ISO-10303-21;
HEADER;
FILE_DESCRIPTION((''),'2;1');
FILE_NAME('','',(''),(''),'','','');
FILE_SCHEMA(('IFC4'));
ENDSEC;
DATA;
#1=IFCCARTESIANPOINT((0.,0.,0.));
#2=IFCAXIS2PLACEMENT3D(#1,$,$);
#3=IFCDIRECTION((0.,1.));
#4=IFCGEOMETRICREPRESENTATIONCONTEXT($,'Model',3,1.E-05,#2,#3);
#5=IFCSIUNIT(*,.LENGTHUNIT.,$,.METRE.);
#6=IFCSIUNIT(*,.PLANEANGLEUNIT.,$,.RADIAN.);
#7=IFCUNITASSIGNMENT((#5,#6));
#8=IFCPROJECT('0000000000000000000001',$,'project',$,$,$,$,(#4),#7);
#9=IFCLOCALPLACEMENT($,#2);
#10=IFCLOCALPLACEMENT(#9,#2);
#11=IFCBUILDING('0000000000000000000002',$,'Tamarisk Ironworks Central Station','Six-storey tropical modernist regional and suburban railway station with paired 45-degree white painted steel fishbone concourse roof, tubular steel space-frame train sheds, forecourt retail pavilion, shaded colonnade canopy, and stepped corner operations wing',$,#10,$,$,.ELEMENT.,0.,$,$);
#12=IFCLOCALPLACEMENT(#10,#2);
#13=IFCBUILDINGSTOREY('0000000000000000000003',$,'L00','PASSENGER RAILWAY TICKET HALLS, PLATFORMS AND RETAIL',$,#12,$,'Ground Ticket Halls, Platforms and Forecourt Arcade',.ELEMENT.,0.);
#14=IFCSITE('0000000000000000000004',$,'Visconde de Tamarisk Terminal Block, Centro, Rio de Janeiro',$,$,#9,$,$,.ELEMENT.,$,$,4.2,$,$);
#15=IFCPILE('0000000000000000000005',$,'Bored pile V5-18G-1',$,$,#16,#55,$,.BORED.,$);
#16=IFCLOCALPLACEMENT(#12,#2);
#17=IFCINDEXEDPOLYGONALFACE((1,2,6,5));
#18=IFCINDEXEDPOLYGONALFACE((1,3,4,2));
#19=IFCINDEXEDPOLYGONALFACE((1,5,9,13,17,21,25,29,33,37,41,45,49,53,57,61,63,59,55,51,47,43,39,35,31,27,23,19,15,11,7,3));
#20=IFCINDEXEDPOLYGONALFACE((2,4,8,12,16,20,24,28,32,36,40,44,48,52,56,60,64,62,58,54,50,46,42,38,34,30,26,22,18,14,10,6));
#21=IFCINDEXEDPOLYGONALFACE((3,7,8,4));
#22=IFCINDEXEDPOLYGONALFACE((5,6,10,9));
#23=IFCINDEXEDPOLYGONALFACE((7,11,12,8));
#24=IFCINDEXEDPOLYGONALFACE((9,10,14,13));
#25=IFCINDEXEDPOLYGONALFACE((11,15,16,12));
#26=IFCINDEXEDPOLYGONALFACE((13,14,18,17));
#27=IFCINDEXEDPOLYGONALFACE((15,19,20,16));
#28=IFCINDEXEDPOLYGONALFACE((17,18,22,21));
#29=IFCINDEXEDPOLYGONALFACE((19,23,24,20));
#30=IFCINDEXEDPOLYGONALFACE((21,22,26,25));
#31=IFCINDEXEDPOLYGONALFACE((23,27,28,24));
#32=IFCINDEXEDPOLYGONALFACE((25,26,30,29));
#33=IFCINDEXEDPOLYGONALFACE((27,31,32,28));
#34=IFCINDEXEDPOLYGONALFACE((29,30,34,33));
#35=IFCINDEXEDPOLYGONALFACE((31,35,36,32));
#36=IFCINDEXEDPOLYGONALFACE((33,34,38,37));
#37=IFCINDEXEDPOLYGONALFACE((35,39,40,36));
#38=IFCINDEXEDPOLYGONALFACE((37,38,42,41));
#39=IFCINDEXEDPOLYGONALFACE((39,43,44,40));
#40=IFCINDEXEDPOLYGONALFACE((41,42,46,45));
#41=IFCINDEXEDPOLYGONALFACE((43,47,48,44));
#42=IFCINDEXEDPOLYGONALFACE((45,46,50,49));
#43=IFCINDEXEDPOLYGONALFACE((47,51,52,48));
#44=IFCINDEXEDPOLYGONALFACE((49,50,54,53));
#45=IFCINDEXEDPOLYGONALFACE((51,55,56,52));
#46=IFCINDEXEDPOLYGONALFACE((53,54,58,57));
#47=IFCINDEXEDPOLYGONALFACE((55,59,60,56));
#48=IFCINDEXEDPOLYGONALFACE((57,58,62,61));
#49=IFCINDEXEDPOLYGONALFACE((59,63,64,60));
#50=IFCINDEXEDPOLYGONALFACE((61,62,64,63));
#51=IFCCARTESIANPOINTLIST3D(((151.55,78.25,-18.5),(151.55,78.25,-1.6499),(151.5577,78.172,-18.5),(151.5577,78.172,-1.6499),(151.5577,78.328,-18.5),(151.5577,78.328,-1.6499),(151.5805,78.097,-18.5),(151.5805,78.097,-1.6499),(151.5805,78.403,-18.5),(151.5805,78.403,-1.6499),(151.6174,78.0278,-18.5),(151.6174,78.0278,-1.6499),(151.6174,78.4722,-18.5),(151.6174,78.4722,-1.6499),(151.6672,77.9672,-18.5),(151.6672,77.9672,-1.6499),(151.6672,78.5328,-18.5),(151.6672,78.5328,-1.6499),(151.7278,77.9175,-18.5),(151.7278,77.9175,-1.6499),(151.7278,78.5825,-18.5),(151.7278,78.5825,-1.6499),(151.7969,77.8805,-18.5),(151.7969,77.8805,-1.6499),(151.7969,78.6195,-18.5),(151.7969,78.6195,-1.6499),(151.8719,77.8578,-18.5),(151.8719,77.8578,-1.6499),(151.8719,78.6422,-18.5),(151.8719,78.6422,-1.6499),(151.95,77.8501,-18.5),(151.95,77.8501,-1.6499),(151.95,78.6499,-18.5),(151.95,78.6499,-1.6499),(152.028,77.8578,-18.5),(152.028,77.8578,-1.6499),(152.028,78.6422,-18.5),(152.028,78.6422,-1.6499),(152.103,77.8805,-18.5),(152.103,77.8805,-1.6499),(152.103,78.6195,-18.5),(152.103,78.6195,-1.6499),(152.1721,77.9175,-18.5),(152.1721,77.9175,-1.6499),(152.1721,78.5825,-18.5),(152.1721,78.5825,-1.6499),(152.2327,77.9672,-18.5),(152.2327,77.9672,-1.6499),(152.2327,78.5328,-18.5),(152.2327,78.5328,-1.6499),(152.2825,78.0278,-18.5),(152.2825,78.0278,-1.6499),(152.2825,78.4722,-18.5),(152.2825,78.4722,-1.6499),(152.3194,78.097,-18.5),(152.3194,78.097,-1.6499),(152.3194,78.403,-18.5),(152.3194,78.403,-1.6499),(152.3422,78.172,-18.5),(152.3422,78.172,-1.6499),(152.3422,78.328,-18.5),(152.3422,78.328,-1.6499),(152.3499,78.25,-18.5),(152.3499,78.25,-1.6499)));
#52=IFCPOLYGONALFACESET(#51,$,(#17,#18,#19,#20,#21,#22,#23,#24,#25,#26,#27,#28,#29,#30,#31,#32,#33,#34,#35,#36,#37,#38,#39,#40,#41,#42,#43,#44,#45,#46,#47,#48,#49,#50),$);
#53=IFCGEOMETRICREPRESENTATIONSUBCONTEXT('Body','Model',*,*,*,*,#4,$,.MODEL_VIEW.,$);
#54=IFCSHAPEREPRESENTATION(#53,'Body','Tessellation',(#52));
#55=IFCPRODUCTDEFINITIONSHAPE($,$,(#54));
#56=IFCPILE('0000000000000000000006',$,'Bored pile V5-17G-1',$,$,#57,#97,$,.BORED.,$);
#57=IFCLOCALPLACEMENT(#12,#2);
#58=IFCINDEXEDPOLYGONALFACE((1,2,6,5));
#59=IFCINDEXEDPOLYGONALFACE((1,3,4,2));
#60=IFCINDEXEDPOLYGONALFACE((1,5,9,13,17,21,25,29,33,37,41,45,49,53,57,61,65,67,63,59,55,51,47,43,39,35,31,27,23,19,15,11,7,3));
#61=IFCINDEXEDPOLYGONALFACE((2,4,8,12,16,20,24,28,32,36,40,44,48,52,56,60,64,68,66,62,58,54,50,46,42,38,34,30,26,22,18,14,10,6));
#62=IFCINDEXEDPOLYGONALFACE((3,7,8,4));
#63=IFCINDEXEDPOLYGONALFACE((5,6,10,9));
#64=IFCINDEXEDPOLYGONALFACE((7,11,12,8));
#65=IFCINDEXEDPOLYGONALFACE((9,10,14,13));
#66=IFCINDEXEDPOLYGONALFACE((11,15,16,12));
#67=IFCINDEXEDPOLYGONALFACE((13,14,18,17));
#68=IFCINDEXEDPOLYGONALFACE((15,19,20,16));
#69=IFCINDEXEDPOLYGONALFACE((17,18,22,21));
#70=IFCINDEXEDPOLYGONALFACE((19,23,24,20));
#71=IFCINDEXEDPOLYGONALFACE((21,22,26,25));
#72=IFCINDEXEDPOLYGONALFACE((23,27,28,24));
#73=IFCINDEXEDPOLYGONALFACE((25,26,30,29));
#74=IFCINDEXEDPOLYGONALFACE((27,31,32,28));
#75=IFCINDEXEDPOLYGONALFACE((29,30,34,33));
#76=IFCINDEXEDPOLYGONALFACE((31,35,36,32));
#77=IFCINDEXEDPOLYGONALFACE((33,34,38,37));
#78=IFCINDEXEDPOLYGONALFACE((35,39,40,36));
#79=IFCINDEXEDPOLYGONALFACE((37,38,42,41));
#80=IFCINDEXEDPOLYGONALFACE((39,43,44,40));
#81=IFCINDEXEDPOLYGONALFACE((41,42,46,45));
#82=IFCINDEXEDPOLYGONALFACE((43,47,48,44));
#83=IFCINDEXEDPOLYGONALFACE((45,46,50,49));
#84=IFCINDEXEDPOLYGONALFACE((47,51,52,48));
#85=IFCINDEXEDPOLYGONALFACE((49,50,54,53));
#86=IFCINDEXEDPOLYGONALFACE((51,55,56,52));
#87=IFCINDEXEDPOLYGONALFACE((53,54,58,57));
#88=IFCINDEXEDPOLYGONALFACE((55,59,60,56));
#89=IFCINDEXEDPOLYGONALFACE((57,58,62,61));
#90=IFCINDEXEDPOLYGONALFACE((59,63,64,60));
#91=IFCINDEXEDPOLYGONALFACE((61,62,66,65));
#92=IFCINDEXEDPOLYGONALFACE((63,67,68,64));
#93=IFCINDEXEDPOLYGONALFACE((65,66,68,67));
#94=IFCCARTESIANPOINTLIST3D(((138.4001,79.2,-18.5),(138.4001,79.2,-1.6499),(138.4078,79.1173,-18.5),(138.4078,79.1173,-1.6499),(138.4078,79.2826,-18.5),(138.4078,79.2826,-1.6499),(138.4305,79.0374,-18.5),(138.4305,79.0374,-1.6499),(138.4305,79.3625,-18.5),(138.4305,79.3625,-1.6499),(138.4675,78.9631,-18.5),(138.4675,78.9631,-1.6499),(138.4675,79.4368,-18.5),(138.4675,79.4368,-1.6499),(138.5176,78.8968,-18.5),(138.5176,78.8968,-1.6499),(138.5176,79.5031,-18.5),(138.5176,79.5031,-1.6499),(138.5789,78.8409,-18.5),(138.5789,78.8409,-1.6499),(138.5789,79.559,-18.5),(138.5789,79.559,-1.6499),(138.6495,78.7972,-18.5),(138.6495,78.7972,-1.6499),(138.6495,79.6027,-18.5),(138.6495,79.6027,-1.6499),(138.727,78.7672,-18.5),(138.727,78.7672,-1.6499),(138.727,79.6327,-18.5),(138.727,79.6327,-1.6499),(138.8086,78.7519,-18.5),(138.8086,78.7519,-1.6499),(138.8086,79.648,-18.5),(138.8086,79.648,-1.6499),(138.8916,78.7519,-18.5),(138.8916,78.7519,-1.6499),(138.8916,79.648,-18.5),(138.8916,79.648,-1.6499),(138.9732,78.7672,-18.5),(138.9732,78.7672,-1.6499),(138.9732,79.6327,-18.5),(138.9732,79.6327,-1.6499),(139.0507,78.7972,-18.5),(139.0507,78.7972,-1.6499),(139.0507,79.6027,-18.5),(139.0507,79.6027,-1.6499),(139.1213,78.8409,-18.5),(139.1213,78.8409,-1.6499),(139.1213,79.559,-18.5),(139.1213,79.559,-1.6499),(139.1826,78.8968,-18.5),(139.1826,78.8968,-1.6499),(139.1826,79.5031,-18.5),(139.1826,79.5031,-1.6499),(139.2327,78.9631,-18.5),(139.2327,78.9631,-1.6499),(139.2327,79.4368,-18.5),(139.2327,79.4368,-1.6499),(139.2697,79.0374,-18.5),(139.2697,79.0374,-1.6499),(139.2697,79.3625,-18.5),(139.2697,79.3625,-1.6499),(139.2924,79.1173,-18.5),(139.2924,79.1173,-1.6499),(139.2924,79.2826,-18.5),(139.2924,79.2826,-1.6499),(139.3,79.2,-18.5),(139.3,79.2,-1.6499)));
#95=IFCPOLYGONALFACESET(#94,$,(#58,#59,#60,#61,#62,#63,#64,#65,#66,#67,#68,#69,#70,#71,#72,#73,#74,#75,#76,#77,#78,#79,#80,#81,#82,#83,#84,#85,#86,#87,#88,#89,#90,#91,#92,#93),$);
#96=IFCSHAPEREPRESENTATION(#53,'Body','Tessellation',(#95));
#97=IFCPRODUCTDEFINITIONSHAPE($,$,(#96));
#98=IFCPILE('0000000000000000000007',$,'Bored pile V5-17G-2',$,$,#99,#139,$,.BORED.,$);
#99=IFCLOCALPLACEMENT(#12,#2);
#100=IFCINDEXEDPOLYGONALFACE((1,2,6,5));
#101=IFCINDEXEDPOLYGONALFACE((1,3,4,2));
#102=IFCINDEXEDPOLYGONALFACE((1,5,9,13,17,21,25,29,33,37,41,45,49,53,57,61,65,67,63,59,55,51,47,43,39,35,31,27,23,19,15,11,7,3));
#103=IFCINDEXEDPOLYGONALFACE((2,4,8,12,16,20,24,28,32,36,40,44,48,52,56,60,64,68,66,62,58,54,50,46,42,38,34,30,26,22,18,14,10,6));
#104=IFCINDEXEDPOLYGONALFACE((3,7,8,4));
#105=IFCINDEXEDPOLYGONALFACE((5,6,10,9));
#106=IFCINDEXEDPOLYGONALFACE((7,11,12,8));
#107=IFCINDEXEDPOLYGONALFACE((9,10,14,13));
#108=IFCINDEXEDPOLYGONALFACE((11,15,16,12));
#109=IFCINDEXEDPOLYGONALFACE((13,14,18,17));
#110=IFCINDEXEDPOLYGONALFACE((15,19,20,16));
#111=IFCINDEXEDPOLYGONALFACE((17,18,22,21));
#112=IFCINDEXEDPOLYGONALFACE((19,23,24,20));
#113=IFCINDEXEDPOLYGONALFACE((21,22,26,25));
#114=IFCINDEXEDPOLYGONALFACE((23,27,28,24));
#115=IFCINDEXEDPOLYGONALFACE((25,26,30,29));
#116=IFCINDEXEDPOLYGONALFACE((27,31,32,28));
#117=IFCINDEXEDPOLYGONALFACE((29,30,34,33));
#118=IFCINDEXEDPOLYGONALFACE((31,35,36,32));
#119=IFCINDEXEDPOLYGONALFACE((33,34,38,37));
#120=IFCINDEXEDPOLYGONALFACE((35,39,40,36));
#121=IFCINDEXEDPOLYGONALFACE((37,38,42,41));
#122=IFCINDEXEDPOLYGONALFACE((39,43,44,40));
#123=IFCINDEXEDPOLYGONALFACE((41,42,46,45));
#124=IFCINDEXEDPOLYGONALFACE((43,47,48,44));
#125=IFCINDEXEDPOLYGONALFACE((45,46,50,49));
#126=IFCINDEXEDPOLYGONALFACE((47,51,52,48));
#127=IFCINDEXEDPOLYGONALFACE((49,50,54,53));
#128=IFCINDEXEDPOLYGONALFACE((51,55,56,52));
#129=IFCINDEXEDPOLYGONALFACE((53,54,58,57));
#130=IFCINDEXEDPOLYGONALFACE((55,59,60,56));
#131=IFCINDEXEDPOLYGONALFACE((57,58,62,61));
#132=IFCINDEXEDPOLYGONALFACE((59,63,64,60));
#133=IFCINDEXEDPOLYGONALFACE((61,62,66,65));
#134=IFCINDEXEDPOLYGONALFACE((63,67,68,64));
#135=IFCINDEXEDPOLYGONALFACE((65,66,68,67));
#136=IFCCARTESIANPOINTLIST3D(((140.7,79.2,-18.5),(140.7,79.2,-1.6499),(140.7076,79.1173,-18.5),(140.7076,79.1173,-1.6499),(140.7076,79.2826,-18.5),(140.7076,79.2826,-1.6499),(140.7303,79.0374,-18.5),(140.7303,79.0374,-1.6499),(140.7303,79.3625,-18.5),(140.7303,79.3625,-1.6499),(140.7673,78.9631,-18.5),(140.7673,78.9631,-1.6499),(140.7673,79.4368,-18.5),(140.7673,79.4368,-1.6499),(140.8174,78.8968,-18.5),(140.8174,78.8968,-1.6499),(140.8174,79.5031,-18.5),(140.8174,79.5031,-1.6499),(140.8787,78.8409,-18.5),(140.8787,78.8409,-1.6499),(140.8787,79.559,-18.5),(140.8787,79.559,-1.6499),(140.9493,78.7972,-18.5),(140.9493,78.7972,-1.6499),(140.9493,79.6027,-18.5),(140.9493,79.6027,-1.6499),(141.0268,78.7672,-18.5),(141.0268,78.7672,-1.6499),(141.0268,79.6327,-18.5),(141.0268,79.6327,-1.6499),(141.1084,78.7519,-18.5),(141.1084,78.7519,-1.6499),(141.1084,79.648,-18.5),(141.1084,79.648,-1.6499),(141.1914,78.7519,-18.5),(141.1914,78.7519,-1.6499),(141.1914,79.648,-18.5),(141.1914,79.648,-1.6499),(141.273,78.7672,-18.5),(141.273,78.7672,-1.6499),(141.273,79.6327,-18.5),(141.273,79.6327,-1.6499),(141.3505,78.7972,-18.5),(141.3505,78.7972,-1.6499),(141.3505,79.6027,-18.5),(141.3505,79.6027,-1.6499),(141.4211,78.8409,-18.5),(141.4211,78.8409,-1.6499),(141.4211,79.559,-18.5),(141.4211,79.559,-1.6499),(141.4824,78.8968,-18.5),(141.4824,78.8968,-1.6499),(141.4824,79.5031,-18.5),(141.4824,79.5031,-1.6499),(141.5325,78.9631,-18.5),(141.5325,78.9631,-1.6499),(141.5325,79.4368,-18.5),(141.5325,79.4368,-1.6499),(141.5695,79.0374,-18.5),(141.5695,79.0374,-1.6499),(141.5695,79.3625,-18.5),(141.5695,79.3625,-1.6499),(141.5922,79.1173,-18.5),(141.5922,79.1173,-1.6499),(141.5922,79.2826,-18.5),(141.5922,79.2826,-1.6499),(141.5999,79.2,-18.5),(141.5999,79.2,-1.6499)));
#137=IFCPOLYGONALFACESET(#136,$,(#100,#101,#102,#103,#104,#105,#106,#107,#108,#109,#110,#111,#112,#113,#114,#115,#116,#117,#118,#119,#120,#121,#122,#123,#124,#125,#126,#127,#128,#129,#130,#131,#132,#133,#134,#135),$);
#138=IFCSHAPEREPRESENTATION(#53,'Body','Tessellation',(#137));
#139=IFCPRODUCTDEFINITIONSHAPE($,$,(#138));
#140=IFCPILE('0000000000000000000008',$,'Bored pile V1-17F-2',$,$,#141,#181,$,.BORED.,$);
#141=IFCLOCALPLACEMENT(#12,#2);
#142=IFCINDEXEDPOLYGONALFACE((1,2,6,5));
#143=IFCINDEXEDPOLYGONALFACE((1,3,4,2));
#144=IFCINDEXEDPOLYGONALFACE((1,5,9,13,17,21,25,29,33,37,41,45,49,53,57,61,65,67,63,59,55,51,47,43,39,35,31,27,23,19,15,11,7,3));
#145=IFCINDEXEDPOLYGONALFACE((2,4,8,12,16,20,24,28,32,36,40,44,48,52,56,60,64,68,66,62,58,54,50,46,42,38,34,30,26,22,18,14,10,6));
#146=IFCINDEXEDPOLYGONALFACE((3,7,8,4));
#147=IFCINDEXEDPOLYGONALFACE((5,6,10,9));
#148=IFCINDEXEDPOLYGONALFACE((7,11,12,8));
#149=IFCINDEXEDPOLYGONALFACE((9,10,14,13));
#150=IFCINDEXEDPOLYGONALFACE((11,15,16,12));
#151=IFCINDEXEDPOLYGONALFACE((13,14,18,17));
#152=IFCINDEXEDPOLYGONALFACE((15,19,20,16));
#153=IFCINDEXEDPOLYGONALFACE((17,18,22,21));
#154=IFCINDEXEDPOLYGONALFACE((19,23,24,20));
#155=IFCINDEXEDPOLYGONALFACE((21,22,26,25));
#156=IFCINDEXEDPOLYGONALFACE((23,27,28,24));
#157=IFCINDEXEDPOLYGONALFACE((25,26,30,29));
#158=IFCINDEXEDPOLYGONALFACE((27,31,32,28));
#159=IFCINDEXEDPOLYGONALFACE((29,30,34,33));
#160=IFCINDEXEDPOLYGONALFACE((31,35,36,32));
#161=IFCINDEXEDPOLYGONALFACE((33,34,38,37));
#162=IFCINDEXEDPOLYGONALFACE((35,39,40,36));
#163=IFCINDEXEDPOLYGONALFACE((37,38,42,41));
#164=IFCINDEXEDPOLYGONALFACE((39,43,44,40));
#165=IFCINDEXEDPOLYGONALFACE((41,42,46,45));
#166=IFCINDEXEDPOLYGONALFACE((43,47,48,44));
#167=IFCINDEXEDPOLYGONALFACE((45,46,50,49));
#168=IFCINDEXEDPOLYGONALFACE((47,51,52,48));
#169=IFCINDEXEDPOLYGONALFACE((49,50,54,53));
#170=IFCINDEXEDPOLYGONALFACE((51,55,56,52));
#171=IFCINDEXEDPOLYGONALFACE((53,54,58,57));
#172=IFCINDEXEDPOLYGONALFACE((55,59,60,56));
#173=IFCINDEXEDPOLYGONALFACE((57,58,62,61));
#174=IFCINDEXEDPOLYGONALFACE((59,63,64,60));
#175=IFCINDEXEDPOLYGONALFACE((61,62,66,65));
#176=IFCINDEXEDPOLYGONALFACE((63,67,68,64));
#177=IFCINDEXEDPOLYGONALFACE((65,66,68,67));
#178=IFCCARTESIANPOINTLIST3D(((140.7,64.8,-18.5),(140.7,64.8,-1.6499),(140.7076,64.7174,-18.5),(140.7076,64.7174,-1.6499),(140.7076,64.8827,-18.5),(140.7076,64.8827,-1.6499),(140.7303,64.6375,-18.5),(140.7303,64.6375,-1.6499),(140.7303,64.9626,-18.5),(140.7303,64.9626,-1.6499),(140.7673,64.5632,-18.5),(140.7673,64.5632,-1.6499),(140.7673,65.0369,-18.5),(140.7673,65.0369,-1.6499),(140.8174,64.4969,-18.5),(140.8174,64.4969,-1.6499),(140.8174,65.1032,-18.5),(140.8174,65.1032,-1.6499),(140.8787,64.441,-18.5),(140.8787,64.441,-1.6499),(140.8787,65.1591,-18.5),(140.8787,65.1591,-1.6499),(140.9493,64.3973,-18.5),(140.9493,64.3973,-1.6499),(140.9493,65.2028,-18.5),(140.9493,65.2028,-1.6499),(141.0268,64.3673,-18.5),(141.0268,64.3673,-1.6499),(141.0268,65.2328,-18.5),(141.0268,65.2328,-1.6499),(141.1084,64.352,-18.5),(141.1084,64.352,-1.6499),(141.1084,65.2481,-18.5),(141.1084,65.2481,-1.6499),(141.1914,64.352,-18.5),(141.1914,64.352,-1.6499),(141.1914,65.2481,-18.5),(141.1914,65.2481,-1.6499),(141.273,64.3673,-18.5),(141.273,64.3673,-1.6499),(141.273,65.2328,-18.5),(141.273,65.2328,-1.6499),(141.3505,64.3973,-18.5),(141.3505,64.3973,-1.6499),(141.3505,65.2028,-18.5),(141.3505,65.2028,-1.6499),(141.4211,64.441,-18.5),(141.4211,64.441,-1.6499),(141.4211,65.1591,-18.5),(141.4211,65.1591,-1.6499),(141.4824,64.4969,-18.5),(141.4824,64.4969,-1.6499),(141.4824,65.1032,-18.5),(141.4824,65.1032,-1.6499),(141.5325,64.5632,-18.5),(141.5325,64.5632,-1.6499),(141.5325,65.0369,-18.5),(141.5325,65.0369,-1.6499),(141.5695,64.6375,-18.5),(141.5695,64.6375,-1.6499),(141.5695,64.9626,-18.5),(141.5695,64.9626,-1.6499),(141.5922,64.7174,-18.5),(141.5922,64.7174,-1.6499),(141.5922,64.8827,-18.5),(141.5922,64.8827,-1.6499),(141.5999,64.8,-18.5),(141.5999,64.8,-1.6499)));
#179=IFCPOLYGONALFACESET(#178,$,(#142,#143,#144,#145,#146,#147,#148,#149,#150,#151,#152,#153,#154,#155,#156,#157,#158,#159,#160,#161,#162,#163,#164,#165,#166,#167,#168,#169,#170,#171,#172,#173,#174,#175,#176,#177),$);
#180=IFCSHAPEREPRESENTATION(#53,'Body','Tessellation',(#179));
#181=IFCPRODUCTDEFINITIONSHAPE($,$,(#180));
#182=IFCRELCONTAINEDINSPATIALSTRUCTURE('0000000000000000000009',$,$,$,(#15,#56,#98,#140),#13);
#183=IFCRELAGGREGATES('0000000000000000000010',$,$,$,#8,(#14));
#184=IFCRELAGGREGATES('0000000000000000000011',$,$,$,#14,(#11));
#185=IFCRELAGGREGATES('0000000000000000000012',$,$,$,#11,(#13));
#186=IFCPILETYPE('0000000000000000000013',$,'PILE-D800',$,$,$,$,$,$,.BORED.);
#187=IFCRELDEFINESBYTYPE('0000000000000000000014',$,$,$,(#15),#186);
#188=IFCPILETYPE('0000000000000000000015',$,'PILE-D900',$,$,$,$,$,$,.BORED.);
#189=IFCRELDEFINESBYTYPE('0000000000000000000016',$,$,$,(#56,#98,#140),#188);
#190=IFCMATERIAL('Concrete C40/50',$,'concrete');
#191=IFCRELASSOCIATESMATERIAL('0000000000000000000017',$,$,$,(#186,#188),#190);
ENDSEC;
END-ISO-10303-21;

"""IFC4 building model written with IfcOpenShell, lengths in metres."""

from ifc_helpers import new_model, si_unit, direction, frame, origin, origin_2d, place, context, subcontext, project, spatial, circle, extrude, material, material_profile, profile_set, type_object, element, save


model = new_model("IFC4")

# Units and contexts
model_context = context("Model", 3, precision=1e-05, world=origin(), true_north=direction((0.0, 1.0)))
body_context = subcontext(model_context, "Body", "Model", "MODEL_VIEW")
ifc_project = project(units=[si_unit("LENGTHUNIT", "METRE"), si_unit("PLANEANGLEUNIT", "RADIAN")], contexts=[model_context])

# Site, building, storey
site_placement = place(None, origin())
site = spatial("IfcSite", under=ifc_project, at=site_placement, Name="Visconde de Tamarisk Terminal Block, Centro, Rio de Janeiro", CompositionType="ELEMENT", RefElevation=4.2)
building_placement = place(site_placement, origin())
building = spatial("IfcBuilding", under=site, at=building_placement, Name="Tamarisk Ironworks Central Station", Description="Six-storey tropical modernist regional and suburban railway station with paired 45-degree white painted steel fishbone concourse roof, tubular steel space-frame train sheds, forecourt retail pavilion, shaded colonnade canopy, and stepped corner operations wing", CompositionType="ELEMENT", ElevationOfRefHeight=0.0)
storey_placement = place(building_placement, origin())
storey = spatial("IfcBuildingStorey", under=building, at=storey_placement, Name="L00", Description="PASSENGER RAILWAY TICKET HALLS, PLATFORMS AND RETAIL", LongName="Ground Ticket Halls, Platforms and Forecourt Arcade", CompositionType="ELEMENT", Elevation=0.0)

# Shared definitions
ifc_material_1 = material(Name="Concrete C40/50", Category="concrete")

# Piles
ifc_material_profile_1 = material_profile(ifc_material_1, circle(Radius=0.3999, at=origin_2d()), Name="BORED PILE D800")
ifc_profile_set_1 = profile_set([ifc_material_profile_1], Name="Concrete C40/50")
pile_type_1 = type_object("IfcPileType", Name="PILE-D800", PredefinedType="BORED", material=ifc_profile_set_1)
for number, where, z_axis, x_axis, name in (
    (1, (151.95, 78.25, -1.6499), (0.0, 0.0, -1.0), (1.0, 0.0, 0.0), "Bored pile V5-18G-1"),
):
    element("IfcPile", number, at=place(storey_placement, frame(where, z_axis=z_axis, x_axis=x_axis)), inside=storey, type_object=pile_type_1, Name=name, PredefinedType="BORED", context=body_context, shape_type="SweptSolid", body=[
        extrude(circle(Radius=0.3999, at=origin_2d()), origin(), (0.0, 0.0, 1.0), 16.8501),
    ])
ifc_material_profile_2 = material_profile(ifc_material_1, circle(Radius=0.45, at=origin_2d()), Name="BORED PILE D900")
ifc_profile_set_2 = profile_set([ifc_material_profile_2], Name="Concrete C40/50")
pile_type_2 = type_object("IfcPileType", Name="PILE-D900", PredefinedType="BORED", material=ifc_profile_set_2)
for number, where, z_axis, x_axis, name in (
    (2, (138.8501, 79.2, -1.6499), (0.0, 0.0, -1.0), (1.0, 0.0, 0.0), "Bored pile V5-17G-1"),
    (3, (141.1499, 79.2, -1.6499), (0.0, 0.0, -1.0), (1.0, 0.0, 0.0), "Bored pile V5-17G-2"),
    (4, (141.1499, 64.8, -1.6499), (0.0, 0.0, -1.0), (1.0, 0.0, 0.0), "Bored pile V1-17F-2"),
):
    element("IfcPile", number, at=place(storey_placement, frame(where, z_axis=z_axis, x_axis=x_axis)), inside=storey, type_object=pile_type_2, Name=name, PredefinedType="BORED", context=body_context, shape_type="SweptSolid", body=[
        extrude(circle(Radius=0.45, at=origin_2d()), origin(), (0.0, 0.0, 1.0), 16.8501),
    ])

save(model, "model.ifc")
